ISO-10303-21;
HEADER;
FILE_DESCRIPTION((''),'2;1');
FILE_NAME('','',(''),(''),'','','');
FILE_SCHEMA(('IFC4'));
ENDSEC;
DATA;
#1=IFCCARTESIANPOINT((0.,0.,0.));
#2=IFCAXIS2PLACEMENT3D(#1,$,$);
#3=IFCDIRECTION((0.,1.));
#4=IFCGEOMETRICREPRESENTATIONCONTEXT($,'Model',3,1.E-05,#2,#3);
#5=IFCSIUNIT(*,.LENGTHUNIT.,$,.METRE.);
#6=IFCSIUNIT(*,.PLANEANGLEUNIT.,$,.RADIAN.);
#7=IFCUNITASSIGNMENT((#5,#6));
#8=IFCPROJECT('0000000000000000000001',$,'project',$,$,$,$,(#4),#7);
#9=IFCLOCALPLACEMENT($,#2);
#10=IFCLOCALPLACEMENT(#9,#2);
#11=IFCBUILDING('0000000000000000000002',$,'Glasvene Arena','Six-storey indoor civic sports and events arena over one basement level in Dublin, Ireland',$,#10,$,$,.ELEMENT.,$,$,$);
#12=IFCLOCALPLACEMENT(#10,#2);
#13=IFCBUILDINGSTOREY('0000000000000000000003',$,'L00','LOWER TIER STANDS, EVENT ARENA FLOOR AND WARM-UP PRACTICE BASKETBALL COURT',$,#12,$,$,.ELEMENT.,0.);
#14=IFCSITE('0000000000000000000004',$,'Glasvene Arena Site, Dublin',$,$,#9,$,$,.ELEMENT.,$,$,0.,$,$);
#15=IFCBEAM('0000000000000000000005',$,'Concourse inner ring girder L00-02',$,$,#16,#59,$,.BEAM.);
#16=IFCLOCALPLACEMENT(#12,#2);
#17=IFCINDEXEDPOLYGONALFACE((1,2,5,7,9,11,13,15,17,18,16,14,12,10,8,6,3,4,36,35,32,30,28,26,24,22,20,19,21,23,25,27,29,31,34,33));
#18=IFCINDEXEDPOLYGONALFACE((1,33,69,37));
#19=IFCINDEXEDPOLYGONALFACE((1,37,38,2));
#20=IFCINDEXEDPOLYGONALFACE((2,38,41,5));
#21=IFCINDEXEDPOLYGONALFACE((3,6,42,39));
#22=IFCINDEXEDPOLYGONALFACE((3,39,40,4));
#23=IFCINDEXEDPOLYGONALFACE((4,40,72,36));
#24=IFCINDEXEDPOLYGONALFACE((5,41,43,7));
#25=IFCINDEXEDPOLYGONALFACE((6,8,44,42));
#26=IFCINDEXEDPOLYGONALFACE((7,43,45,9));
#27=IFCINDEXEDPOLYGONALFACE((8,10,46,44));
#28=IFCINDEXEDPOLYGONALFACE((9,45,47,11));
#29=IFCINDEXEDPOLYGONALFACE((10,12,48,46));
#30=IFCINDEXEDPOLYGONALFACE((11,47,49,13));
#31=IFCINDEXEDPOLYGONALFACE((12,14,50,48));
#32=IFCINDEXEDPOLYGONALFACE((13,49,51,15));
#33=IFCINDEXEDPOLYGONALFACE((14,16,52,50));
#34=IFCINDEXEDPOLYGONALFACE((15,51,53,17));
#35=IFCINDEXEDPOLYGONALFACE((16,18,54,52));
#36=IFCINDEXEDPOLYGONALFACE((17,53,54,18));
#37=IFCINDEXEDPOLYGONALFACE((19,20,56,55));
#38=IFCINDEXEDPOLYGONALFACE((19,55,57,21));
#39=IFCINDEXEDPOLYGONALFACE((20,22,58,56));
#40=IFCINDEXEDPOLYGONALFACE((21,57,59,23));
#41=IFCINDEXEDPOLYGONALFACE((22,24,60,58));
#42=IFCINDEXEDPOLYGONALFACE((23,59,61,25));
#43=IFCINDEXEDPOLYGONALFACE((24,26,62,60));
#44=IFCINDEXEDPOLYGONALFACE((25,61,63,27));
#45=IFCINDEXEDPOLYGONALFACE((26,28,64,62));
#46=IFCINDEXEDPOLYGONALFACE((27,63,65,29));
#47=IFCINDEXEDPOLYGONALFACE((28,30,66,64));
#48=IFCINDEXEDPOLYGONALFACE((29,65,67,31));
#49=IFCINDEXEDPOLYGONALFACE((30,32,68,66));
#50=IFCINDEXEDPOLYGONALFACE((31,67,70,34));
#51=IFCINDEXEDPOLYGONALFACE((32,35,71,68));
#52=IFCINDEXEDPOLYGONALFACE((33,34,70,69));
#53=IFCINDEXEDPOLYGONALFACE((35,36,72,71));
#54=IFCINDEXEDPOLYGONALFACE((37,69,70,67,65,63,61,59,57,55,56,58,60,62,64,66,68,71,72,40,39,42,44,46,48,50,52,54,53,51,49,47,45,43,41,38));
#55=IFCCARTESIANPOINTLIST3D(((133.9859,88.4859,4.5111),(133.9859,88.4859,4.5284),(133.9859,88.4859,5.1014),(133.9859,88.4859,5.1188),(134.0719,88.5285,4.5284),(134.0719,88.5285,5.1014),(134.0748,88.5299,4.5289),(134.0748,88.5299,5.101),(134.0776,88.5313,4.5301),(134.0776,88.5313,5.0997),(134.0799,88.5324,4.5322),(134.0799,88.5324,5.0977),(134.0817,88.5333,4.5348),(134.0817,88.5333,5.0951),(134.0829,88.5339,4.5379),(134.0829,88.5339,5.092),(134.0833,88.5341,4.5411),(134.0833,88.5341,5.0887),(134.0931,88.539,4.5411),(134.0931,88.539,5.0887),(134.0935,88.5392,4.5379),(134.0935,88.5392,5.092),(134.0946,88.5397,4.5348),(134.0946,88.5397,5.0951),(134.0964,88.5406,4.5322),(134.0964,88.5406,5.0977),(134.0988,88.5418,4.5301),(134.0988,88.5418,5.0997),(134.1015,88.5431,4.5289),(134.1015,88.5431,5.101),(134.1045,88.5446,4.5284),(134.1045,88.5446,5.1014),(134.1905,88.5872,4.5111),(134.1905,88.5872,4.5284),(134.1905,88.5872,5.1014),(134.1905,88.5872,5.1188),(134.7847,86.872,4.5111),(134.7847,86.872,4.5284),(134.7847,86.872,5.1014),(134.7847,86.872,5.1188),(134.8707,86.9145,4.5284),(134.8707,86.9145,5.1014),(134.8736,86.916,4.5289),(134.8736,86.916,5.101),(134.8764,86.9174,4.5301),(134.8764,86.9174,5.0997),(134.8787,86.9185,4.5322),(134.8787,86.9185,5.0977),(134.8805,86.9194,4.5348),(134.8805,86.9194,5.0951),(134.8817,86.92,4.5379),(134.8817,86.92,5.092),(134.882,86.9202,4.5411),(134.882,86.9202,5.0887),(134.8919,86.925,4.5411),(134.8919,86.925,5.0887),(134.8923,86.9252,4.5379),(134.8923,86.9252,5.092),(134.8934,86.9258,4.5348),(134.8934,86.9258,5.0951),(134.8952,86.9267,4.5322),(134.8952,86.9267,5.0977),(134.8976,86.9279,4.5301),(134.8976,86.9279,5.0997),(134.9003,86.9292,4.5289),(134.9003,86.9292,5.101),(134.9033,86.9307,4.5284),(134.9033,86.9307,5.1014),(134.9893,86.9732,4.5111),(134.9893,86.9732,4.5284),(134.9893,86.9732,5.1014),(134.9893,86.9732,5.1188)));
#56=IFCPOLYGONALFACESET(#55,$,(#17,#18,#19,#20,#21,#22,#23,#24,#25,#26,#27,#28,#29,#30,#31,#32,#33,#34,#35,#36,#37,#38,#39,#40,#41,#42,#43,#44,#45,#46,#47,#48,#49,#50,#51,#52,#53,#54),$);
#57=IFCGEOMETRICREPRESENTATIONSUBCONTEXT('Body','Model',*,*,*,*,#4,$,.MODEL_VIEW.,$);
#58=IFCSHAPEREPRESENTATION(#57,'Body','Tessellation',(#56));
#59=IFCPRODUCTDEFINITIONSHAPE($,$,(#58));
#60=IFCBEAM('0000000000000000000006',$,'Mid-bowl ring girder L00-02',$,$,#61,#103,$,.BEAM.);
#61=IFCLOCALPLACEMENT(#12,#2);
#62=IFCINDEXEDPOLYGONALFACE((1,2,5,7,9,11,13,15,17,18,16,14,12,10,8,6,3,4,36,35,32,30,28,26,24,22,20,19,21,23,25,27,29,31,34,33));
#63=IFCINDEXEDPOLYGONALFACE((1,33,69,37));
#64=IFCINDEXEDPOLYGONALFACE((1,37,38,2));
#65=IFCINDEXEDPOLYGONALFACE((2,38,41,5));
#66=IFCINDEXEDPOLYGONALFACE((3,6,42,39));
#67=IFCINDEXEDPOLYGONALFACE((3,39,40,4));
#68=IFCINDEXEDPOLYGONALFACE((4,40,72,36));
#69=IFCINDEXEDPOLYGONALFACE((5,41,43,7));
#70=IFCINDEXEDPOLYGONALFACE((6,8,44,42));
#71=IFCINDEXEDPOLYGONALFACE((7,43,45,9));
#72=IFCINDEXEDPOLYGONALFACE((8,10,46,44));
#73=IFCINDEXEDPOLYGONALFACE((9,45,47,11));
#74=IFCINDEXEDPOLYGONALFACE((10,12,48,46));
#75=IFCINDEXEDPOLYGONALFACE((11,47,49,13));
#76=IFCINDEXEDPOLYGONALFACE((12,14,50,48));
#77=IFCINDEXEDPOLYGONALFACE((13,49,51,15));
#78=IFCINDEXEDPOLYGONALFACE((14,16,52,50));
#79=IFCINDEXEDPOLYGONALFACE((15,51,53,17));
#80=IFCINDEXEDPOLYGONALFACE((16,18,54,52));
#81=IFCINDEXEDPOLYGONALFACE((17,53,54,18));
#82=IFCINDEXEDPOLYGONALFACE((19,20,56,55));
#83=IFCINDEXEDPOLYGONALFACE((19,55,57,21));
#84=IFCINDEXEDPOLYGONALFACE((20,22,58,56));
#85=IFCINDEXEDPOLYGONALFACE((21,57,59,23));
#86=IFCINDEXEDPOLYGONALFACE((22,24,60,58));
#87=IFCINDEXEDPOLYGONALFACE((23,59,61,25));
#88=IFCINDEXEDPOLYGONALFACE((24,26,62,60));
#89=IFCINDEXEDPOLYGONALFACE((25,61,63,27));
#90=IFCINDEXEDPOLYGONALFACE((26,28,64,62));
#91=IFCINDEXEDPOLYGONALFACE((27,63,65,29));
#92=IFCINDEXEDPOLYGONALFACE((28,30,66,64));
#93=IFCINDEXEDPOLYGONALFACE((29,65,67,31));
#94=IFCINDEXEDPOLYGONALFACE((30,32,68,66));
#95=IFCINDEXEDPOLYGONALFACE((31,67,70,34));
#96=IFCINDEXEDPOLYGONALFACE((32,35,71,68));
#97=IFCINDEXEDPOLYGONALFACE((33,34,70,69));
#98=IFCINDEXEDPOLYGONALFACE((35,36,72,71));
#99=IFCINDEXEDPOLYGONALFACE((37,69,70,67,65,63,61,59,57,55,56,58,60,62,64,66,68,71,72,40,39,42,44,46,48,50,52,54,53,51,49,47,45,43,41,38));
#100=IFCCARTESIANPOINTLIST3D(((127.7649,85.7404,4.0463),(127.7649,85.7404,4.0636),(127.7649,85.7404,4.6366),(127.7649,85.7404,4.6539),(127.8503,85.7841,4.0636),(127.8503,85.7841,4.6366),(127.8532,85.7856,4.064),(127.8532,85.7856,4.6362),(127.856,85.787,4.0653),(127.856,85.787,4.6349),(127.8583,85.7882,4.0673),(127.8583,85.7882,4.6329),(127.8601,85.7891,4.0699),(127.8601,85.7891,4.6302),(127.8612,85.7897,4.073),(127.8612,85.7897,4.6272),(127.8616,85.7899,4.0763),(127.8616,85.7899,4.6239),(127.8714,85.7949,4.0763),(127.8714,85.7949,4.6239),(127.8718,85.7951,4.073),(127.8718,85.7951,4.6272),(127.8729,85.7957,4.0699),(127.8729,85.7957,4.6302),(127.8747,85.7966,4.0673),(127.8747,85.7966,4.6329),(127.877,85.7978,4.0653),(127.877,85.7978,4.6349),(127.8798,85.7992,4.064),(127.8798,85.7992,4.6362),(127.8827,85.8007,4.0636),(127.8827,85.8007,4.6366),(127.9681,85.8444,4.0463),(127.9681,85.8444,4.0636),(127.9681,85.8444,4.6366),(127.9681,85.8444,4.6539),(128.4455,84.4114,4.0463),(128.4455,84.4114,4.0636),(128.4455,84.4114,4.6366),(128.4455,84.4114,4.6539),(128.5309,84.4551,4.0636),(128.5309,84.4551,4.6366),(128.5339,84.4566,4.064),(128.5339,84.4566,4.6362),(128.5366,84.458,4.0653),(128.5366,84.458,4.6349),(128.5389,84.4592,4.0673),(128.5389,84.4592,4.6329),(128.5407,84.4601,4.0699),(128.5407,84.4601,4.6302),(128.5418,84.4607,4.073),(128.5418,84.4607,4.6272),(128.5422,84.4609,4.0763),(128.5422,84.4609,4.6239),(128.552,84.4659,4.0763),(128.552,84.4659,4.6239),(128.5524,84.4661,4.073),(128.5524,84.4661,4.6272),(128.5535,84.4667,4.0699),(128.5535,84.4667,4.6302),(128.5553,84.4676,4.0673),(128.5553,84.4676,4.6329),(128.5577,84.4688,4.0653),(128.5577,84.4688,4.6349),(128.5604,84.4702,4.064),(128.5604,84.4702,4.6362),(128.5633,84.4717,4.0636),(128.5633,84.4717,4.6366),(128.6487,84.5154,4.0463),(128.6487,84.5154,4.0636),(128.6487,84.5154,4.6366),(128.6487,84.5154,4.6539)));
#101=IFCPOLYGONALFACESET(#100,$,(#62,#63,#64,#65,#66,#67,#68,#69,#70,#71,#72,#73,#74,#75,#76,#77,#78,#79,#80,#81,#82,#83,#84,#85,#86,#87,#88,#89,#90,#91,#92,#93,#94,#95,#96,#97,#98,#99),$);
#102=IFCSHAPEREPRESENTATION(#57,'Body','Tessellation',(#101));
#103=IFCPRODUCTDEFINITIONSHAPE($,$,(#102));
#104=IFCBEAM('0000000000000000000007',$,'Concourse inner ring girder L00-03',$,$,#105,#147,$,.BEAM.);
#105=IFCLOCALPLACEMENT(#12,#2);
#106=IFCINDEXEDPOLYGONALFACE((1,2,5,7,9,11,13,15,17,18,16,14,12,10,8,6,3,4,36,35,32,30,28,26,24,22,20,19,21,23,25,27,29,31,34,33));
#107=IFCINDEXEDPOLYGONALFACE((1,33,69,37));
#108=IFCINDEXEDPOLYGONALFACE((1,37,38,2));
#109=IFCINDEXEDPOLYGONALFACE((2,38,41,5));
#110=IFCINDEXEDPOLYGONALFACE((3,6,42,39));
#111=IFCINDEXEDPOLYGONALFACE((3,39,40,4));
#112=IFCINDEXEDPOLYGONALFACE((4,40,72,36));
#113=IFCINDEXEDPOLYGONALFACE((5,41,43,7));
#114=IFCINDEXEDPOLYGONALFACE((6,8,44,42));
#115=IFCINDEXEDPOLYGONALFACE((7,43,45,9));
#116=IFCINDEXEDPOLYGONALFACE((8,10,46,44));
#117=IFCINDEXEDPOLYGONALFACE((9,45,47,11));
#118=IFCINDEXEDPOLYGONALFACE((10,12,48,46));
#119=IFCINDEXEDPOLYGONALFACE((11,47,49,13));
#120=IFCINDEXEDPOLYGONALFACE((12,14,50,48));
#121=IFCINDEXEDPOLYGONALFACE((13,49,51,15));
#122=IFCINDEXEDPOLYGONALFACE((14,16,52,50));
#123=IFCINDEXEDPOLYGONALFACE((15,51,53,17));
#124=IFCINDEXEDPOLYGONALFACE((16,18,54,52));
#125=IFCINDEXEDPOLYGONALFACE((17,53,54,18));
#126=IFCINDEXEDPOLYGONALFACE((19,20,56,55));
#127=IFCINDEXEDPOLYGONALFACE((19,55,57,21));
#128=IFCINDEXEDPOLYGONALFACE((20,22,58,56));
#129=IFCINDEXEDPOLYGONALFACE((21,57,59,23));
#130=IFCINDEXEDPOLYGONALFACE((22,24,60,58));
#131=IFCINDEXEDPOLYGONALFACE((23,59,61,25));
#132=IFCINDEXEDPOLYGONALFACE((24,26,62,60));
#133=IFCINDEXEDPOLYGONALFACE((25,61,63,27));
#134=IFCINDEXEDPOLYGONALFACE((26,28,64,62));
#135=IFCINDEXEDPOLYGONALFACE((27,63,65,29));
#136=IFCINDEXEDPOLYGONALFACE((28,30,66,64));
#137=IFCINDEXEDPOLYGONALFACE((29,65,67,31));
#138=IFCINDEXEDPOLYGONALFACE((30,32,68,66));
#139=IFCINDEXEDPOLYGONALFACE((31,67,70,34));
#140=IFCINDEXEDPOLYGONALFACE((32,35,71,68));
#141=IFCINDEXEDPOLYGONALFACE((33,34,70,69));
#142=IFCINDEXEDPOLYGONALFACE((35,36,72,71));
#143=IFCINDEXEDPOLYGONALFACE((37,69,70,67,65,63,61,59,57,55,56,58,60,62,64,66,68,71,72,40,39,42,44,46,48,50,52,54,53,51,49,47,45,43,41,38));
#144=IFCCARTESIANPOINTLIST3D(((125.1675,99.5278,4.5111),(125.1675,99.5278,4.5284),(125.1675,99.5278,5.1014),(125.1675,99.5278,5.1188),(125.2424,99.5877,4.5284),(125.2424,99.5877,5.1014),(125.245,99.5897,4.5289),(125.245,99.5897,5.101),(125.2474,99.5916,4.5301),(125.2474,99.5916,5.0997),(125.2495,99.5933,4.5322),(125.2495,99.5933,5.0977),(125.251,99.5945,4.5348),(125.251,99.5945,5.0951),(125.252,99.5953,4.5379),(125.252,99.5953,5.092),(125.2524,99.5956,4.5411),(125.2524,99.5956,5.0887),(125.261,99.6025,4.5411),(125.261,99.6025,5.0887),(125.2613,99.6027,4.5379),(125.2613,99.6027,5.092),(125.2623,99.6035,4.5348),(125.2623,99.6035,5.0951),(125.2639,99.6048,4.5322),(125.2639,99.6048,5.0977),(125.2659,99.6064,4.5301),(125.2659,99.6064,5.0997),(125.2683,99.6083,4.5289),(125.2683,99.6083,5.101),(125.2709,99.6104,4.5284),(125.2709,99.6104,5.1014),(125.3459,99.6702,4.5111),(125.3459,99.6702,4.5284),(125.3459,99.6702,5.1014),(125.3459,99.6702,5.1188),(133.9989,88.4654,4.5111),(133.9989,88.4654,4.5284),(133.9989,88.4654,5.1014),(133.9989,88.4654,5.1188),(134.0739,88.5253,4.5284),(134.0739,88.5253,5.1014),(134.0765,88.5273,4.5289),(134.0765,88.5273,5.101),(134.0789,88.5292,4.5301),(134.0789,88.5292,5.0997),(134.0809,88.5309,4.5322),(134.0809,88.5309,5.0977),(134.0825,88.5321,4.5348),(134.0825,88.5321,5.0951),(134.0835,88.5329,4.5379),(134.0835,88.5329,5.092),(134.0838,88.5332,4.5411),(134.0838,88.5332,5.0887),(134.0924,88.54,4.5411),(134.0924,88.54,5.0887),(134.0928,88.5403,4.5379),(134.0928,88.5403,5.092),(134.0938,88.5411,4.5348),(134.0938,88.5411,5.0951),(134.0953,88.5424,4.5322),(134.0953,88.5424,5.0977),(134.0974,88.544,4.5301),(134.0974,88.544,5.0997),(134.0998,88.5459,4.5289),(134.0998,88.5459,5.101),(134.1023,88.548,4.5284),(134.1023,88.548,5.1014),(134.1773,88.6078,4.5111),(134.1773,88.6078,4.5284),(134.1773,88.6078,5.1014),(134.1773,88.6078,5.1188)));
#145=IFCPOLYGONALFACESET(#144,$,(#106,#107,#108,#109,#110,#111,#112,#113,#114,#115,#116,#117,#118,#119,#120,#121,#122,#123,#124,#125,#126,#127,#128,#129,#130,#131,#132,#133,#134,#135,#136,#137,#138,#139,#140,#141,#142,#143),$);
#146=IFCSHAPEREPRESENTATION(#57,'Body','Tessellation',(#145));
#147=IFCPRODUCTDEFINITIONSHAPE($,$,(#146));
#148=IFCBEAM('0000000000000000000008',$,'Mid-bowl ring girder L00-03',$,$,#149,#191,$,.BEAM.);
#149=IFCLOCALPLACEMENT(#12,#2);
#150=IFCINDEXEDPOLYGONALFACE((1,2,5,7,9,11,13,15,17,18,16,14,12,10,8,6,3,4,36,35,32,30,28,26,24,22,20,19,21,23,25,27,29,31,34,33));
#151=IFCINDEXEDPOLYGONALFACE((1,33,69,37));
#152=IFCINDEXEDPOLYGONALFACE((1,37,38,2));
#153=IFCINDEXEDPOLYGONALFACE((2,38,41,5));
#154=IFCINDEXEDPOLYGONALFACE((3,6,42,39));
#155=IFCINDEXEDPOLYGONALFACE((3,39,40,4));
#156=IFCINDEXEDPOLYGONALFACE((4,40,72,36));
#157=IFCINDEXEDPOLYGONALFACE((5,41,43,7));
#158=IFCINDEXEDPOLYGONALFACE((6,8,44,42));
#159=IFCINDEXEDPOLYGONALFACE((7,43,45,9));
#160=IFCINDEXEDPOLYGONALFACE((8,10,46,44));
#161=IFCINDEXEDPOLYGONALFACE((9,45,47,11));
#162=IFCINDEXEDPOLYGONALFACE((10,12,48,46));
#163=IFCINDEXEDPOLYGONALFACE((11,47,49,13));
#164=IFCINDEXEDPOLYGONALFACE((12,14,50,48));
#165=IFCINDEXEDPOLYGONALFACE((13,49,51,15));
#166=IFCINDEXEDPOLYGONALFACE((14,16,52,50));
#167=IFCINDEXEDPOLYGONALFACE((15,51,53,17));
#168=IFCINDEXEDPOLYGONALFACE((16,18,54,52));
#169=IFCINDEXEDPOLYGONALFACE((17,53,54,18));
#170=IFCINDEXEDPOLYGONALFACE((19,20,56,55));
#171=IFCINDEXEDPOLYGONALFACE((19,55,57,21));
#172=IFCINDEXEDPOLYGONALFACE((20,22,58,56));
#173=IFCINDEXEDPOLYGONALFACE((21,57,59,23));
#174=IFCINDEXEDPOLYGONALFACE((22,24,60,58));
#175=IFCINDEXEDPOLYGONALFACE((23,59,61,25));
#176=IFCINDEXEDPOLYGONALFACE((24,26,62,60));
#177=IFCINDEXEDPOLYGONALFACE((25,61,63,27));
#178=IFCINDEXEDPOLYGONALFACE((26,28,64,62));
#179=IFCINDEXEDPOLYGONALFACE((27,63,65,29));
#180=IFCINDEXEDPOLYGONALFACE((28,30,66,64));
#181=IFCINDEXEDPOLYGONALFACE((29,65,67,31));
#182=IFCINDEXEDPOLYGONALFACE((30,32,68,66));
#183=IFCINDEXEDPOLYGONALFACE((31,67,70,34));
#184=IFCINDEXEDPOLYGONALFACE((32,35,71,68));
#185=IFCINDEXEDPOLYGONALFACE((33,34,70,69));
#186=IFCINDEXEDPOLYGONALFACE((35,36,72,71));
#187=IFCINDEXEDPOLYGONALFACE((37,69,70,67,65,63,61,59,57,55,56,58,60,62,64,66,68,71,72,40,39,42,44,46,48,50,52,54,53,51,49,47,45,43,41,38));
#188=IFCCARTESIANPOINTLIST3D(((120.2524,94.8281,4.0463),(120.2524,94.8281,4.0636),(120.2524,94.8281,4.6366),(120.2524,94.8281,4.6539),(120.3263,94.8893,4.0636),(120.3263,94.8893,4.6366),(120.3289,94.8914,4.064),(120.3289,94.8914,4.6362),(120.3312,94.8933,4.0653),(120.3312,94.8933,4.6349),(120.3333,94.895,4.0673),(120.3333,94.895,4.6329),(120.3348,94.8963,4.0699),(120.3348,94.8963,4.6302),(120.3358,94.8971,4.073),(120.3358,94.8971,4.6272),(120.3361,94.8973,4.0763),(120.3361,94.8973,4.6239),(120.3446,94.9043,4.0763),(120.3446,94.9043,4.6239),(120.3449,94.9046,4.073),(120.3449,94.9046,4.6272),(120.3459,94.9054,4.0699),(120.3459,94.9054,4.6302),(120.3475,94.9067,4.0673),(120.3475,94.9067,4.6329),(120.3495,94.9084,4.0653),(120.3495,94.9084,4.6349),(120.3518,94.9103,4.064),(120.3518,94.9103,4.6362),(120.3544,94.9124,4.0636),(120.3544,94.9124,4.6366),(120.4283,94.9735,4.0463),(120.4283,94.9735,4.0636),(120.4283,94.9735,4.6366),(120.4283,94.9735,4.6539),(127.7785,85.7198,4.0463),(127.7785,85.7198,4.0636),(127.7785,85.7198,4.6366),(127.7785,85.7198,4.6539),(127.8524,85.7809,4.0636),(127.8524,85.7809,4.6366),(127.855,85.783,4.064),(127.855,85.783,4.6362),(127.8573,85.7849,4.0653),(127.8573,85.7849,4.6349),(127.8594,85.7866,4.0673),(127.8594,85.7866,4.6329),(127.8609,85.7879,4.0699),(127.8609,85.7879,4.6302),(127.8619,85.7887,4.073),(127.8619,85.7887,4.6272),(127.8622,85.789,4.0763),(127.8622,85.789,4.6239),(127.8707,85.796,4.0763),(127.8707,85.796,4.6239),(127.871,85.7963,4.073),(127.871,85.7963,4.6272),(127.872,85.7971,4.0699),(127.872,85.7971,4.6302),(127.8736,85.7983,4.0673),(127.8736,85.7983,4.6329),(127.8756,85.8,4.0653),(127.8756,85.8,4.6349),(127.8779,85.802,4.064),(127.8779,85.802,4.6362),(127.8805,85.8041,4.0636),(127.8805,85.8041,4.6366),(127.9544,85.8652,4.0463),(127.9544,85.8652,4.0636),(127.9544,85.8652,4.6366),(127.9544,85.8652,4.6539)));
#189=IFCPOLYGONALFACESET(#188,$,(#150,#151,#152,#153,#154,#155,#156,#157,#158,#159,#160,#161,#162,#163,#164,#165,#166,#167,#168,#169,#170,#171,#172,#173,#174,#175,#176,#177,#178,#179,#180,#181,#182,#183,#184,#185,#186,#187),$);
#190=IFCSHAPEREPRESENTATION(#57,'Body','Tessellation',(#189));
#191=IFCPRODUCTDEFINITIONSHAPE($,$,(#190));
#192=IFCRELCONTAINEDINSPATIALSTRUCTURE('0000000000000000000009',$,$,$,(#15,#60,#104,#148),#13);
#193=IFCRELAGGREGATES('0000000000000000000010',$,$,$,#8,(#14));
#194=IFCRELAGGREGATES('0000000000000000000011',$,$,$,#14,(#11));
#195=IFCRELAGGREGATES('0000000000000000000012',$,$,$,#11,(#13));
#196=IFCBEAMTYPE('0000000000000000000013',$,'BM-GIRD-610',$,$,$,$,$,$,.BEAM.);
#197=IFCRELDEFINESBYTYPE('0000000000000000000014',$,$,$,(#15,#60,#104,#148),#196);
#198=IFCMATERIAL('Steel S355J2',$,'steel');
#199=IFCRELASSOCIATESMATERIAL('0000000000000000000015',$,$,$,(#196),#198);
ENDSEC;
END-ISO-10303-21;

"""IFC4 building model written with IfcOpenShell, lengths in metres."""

from ifc_helpers import new_model, si_unit, direction, frame, origin, origin_2d, place, context, subcontext, project, spatial, i_section, extrude, material, material_profile, profile_set, type_object, element, save


model = new_model("IFC4")

# Units and contexts
model_context = context("Model", 3, precision=1e-05, world=origin(), true_north=direction((0.0, 1.0)))
body_context = subcontext(model_context, "Body", "Model", "MODEL_VIEW")
ifc_project = project(units=[si_unit("LENGTHUNIT", "METRE"), si_unit("PLANEANGLEUNIT", "RADIAN")], contexts=[model_context])

# Site, building, storey
site_placement = place(None, origin())
site = spatial("IfcSite", under=ifc_project, at=site_placement, Name="Glasvene Arena Site, Dublin", CompositionType="ELEMENT", RefElevation=0.0)
building_placement = place(site_placement, origin())
building = spatial("IfcBuilding", under=site, at=building_placement, Name="Glasvene Arena", Description="Six-storey indoor civic sports and events arena over one basement level in Dublin, Ireland", CompositionType="ELEMENT")
storey_placement = place(building_placement, origin())
storey = spatial("IfcBuildingStorey", under=building, at=storey_placement, Name="L00", Description="LOWER TIER STANDS, EVENT ARENA FLOOR AND WARM-UP PRACTICE BASKETBALL COURT", CompositionType="ELEMENT", Elevation=0.0)

# Shared definitions
ifc_material_1 = material(Name="Steel S355J2", Category="steel")

# Beams
ifc_material_profile_1 = material_profile(ifc_material_1, i_section(OverallWidth=0.2283, OverallDepth=0.6077, WebThickness=0.011, FlangeThickness=0.0173, FilletRadius=0.0127, at=origin_2d()), Name="UKB 610x229x113")
ifc_profile_set_1 = profile_set([ifc_material_profile_1], Name="Steel S355J2")
beam_type_1 = type_object("IfcBeamType", Name="BM-GIRD-610", PredefinedType="BEAM", material=ifc_profile_set_1)
beam_1_placement = place(storey_placement, frame((134.887, 86.9226, 4.8149), z_axis=(-0.443577, 0.896236, 0.0), x_axis=(-0.896236, -0.443577, 0.0)))
element("IfcBeam", 1, at=beam_1_placement, inside=storey, type_object=beam_type_1, Name="Concourse inner ring girder L00-02", PredefinedType="BEAM", context=body_context, shape_type="SweptSolid", body=[
    extrude(i_section(OverallWidth=0.2283, OverallDepth=0.6077, WebThickness=0.011, FlangeThickness=0.0173, FilletRadius=0.0127, at=origin_2d()), origin(), (0.0, 0.0, 1.0), 1.8008),
])
beam_2_placement = place(storey_placement, frame((128.5471, 84.4634, 4.3501), z_axis=(-0.455825, 0.890069, 0.0), x_axis=(-0.890069, -0.455825, 0.0)))
element("IfcBeam", 2, at=beam_2_placement, inside=storey, type_object=beam_type_1, Name="Mid-bowl ring girder L00-02", PredefinedType="BEAM", context=body_context, shape_type="SweptSolid", body=[
    extrude(i_section(OverallWidth=0.2283, OverallDepth=0.6077, WebThickness=0.011, FlangeThickness=0.0173, FilletRadius=0.0127, at=origin_2d()), origin(), (0.0, 0.0, 1.0), 1.4932),
])
beam_3_placement = place(storey_placement, frame((134.0881, 88.5366, 4.8149), z_axis=(-0.6239, 0.781504, 0.0), x_axis=(-0.781504, -0.6239, 0.0)))
element("IfcBeam", 3, at=beam_3_placement, inside=storey, type_object=beam_type_1, Name="Concourse inner ring girder L00-03", PredefinedType="BEAM", context=body_context, shape_type="SweptSolid", body=[
    extrude(i_section(OverallWidth=0.2283, OverallDepth=0.6077, WebThickness=0.011, FlangeThickness=0.0173, FilletRadius=0.0127, at=origin_2d()), origin(), (0.0, 0.0, 1.0), 14.1553),
])
beam_4_placement = place(storey_placement, frame((127.8665, 85.7925, 4.3501), z_axis=(-0.636972, 0.770887, 0.0), x_axis=(-0.770887, -0.636972, 0.0)))
element("IfcBeam", 4, at=beam_4_placement, inside=storey, type_object=beam_type_1, Name="Mid-bowl ring girder L00-03", PredefinedType="BEAM", context=body_context, shape_type="SweptSolid", body=[
    extrude(i_section(OverallWidth=0.2283, OverallDepth=0.6077, WebThickness=0.011, FlangeThickness=0.0173, FilletRadius=0.0127, at=origin_2d()), origin(), (0.0, 0.0, 1.0), 11.8154),
])

save(model, "model.ifc")
